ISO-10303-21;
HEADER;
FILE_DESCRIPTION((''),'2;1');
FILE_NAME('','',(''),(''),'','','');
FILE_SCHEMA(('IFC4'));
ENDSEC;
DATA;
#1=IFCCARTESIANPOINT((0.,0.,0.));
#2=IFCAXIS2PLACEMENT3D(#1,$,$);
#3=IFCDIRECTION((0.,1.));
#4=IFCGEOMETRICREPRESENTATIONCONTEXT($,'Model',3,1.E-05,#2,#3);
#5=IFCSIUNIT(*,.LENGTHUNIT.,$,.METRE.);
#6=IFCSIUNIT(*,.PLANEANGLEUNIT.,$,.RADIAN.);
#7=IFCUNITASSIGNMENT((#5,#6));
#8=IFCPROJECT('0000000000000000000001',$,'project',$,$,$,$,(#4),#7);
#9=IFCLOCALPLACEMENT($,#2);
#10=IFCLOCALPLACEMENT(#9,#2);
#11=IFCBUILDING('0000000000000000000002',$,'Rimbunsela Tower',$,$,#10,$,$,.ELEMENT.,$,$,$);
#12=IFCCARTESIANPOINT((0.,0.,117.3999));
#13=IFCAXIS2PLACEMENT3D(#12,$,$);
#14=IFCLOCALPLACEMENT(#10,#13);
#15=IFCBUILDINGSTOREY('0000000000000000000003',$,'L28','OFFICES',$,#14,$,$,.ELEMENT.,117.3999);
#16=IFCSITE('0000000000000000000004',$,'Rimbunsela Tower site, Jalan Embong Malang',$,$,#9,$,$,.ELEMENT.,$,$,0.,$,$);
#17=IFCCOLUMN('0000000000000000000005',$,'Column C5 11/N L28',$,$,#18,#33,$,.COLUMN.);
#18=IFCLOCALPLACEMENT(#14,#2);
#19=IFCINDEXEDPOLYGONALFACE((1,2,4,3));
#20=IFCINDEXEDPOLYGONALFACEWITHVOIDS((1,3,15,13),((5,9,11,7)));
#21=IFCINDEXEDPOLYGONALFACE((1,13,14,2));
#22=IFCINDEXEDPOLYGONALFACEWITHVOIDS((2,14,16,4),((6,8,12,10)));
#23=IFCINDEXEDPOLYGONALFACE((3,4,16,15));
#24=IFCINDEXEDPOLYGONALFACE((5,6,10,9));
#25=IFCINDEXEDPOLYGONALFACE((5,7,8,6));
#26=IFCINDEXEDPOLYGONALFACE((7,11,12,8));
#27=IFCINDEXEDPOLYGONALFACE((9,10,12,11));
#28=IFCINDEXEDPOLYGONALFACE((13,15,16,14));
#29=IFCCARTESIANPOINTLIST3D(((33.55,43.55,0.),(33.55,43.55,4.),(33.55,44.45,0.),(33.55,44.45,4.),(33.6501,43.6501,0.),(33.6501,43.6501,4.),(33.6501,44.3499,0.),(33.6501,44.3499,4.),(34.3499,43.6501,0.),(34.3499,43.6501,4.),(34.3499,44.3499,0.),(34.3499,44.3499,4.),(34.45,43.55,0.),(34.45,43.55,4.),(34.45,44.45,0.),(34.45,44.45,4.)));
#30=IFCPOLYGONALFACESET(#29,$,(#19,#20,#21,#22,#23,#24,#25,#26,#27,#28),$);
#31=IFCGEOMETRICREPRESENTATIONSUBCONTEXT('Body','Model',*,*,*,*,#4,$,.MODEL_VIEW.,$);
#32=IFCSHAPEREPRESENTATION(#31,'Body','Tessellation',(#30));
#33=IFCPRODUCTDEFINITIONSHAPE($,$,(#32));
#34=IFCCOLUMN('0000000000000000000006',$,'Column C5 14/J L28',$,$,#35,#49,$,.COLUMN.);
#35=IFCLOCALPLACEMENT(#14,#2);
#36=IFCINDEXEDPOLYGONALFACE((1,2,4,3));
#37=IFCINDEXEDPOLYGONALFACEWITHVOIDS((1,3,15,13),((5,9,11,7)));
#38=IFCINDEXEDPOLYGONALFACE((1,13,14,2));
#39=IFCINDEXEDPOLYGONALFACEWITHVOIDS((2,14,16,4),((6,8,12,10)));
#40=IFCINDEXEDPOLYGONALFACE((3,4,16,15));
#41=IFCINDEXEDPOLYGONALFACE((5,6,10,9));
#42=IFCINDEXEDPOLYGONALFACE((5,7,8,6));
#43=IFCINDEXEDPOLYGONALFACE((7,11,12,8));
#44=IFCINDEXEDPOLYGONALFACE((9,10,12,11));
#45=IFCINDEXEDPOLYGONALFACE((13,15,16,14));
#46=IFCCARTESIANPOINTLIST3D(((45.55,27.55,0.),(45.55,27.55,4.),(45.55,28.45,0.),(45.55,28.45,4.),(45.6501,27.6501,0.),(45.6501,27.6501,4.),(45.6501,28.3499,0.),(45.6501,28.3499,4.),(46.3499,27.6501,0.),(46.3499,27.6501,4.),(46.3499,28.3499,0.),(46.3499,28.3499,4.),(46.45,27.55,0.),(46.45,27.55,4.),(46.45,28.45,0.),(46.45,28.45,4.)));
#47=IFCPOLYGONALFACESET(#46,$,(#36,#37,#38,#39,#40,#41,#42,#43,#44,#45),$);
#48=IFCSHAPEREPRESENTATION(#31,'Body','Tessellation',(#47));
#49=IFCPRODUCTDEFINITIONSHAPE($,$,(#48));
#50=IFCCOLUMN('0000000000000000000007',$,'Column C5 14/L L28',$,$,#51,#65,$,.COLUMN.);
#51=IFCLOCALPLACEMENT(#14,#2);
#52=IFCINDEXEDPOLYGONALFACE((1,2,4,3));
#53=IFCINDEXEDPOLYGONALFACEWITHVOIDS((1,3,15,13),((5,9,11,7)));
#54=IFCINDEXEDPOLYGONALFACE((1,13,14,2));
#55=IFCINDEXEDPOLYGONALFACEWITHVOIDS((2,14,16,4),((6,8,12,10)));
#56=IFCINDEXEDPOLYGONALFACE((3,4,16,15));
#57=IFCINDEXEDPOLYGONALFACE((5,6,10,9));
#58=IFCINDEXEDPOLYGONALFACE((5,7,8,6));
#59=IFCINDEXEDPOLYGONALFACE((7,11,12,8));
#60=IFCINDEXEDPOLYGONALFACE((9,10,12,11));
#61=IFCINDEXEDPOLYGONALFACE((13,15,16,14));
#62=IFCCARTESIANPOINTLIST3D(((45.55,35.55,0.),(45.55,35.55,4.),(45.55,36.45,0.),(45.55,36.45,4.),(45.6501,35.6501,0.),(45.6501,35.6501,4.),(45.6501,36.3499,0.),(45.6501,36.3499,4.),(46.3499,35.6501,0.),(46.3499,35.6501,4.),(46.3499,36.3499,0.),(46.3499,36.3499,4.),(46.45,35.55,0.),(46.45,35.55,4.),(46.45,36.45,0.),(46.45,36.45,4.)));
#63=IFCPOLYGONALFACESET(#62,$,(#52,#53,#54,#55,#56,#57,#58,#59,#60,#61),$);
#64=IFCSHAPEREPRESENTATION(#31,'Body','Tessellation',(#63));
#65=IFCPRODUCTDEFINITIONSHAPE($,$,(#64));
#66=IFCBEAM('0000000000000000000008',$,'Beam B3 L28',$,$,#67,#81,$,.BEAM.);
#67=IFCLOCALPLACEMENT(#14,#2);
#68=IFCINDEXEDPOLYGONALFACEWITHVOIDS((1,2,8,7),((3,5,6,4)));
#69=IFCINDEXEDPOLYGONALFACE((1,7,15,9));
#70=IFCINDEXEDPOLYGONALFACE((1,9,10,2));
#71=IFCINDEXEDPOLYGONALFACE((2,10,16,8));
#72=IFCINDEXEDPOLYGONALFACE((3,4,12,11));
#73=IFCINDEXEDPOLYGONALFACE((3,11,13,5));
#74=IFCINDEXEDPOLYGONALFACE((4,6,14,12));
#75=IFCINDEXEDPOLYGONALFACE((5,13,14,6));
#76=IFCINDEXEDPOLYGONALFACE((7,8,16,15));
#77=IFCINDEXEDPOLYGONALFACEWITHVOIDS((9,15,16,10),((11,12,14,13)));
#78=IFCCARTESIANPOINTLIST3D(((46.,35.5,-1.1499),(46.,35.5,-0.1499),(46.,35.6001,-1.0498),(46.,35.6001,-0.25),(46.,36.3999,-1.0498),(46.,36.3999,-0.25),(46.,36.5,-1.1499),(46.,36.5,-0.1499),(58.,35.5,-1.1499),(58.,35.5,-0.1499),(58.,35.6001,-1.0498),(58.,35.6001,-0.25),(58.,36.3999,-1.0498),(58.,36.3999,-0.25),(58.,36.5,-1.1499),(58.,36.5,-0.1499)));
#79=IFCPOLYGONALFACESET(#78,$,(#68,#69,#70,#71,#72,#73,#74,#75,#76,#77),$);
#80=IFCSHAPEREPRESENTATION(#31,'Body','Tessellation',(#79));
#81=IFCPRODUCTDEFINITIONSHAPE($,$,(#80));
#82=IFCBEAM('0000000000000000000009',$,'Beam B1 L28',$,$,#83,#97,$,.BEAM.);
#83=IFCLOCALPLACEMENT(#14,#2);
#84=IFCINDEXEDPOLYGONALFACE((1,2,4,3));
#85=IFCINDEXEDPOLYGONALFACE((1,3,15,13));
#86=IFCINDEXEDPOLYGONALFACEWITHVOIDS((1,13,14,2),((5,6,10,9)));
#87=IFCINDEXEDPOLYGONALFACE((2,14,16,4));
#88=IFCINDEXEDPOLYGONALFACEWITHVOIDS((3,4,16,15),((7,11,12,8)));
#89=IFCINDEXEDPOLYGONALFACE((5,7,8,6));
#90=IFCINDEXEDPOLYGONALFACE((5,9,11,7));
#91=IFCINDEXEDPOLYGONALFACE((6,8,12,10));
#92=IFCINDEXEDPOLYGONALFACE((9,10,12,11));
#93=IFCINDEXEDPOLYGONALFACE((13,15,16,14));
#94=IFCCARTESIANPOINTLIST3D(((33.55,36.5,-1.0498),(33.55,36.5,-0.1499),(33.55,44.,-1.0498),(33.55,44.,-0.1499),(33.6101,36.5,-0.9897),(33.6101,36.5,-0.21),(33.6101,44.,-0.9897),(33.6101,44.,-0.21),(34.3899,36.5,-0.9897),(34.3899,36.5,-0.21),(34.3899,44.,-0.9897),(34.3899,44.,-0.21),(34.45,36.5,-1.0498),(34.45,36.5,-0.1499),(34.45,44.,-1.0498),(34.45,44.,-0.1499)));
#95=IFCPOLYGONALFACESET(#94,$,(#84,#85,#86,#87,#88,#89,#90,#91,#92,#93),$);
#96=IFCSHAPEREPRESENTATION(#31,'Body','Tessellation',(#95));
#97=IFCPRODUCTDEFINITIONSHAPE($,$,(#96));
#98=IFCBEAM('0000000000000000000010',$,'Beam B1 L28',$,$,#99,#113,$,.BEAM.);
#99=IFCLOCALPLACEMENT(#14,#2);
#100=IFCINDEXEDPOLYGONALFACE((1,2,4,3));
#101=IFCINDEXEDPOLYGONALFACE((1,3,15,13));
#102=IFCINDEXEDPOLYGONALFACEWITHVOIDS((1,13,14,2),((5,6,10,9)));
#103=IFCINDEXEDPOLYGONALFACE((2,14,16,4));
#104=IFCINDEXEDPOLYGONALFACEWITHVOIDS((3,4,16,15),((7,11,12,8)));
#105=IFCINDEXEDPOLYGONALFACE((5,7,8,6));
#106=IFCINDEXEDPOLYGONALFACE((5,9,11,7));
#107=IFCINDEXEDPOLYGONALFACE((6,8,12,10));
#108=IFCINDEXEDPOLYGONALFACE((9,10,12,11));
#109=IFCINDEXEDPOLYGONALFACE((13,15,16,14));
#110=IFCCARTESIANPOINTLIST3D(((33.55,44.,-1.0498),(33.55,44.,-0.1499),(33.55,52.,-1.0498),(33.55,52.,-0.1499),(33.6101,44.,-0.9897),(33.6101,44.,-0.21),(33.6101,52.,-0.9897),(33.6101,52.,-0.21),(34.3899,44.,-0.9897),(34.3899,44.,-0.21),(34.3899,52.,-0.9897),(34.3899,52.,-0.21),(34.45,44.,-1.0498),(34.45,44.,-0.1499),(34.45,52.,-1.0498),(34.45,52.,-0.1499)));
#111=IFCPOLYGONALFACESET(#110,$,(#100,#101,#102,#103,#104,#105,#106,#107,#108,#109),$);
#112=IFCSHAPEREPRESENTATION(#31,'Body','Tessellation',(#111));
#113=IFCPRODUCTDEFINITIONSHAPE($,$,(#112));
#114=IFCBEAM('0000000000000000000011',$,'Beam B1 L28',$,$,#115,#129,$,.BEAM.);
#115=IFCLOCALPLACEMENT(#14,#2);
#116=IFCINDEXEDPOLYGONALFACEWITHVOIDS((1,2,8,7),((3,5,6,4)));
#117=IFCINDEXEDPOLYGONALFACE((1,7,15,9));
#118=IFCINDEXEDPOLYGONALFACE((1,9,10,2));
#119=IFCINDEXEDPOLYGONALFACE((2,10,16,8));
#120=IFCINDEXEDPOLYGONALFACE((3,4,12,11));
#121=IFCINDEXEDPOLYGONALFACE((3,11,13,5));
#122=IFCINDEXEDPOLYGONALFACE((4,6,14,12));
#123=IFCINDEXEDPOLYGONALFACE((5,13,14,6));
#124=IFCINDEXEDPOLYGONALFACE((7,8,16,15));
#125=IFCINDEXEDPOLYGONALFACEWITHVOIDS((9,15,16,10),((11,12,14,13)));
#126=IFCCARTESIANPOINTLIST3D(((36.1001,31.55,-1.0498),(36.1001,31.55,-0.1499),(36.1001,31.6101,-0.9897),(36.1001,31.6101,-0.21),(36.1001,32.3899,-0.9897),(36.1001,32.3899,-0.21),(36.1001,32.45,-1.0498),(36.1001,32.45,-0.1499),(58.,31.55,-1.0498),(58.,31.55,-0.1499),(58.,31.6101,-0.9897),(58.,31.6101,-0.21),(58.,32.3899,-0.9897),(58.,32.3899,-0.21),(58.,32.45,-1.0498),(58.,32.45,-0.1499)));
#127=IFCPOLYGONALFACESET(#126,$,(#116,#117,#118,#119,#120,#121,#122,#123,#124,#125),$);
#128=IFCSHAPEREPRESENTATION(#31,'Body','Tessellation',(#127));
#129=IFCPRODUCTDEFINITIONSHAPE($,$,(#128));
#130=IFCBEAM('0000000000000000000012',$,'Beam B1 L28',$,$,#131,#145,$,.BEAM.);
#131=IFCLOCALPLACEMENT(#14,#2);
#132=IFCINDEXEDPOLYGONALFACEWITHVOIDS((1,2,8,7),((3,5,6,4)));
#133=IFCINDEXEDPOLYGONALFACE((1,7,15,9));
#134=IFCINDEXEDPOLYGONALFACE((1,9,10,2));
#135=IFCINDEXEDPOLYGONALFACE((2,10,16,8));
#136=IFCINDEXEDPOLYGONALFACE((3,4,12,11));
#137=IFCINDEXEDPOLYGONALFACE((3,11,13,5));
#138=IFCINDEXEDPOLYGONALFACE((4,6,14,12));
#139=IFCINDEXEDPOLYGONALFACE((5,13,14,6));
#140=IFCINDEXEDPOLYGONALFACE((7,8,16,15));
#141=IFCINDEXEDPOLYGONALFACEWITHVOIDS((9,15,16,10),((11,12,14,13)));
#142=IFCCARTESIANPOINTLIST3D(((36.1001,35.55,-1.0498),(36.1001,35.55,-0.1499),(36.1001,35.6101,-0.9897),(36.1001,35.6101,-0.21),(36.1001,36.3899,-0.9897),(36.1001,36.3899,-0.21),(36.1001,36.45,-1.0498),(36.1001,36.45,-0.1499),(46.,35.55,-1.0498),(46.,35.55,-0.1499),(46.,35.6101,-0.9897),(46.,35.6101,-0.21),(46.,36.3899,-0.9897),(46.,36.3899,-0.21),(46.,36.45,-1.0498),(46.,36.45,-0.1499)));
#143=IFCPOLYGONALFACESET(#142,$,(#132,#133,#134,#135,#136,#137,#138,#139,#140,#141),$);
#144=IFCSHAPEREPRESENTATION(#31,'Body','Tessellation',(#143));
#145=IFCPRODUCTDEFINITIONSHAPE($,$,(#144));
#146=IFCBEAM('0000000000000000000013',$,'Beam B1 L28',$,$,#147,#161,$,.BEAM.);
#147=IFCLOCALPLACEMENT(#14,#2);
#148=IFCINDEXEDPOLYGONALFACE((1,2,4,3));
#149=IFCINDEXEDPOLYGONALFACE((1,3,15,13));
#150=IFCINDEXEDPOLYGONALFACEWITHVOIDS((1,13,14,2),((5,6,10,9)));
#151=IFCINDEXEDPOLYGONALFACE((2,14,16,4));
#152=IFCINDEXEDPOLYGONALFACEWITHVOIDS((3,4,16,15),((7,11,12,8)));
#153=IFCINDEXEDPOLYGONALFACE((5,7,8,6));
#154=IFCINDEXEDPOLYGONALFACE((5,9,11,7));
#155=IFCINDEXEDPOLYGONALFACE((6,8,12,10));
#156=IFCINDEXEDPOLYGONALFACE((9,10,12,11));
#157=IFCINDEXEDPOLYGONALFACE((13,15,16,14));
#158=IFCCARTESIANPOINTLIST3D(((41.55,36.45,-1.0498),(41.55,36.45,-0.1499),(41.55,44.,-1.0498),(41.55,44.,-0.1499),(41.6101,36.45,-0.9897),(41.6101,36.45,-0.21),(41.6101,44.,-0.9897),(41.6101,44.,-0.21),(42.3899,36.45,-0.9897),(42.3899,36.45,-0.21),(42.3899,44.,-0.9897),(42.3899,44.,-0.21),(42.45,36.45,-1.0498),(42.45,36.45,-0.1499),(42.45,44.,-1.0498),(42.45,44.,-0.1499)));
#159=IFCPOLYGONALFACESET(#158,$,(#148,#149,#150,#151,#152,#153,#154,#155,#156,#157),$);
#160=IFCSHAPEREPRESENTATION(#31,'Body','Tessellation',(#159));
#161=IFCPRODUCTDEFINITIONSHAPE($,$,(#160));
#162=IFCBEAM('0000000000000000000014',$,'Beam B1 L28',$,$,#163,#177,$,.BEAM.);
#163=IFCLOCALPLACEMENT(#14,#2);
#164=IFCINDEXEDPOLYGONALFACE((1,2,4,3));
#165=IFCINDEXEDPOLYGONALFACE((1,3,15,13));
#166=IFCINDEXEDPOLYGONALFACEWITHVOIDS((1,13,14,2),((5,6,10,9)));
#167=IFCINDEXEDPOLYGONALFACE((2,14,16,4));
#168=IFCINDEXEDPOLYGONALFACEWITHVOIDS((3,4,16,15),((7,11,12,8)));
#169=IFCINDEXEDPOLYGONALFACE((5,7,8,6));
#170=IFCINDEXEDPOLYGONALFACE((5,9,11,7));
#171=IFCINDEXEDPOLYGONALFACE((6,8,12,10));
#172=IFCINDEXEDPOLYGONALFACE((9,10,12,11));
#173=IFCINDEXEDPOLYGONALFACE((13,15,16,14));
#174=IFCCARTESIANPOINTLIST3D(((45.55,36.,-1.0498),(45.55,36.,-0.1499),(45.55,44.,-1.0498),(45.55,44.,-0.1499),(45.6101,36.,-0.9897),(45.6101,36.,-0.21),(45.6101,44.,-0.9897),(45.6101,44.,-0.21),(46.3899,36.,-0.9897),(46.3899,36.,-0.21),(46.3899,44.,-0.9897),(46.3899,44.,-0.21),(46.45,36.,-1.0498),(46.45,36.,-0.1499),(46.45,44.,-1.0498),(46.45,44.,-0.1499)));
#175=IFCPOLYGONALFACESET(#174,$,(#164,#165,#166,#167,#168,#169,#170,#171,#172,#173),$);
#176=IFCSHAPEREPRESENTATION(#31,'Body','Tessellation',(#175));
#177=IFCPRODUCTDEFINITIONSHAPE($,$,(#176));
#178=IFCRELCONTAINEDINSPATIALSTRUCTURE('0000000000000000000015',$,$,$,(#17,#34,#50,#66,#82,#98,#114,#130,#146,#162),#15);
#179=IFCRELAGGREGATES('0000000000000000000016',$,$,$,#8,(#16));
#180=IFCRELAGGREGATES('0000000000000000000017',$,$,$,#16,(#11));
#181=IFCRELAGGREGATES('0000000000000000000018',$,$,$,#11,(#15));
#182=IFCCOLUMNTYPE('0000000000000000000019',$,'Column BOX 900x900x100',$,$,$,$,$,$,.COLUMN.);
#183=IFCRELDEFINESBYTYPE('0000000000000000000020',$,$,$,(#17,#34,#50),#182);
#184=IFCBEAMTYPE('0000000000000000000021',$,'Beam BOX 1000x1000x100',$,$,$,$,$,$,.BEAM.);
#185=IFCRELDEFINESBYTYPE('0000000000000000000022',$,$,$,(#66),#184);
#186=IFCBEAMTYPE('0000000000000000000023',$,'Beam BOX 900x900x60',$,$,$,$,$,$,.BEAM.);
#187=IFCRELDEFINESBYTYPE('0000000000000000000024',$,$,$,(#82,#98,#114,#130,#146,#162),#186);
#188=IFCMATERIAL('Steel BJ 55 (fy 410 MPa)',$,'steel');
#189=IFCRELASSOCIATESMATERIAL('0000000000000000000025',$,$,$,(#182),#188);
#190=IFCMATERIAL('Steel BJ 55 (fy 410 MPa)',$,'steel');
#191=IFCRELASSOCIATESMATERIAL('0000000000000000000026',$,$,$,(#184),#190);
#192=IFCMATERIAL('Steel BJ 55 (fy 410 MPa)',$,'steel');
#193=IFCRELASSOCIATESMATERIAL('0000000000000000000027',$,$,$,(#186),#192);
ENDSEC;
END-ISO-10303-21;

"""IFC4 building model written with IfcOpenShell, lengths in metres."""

from ifc_helpers import new_model, si_unit, direction, frame, origin, origin_2d, place, context, subcontext, project, spatial, hollow_rectangle, extrude, material, material_profile, profile_set, type_object, element, save


model = new_model("IFC4")

# Units and contexts
model_context = context("Model", 3, precision=1e-05, world=origin(), true_north=direction((0.0, 1.0)))
body_context = subcontext(model_context, "Body", "Model", "MODEL_VIEW")
ifc_project = project(units=[si_unit("LENGTHUNIT", "METRE"), si_unit("PLANEANGLEUNIT", "RADIAN")], contexts=[model_context])

# Site, building, storey
site_placement = place(None, origin())
site = spatial("IfcSite", under=ifc_project, at=site_placement, Name="Rimbunsela Tower site, Jalan Embong Malang", CompositionType="ELEMENT", RefElevation=0.0)
building_placement = place(site_placement, origin())
building = spatial("IfcBuilding", under=site, at=building_placement, Name="Rimbunsela Tower", CompositionType="ELEMENT")
storey_placement = place(building_placement, frame((0.0, 0.0, 117.3999)))
storey = spatial("IfcBuildingStorey", under=building, at=storey_placement, Name="L28", Description="OFFICES", CompositionType="ELEMENT", Elevation=117.3999)

# Columns
ifc_material_1 = material(Name="Steel BJ 55 (fy 410 MPa)", Category="steel")
ifc_material_profile_1 = material_profile(ifc_material_1, hollow_rectangle(XDim=0.8999, YDim=0.8999, WallThickness=0.1001, at=origin_2d()), Name="BOX 900x900x100")
ifc_profile_set_1 = profile_set([ifc_material_profile_1], Name="Steel BJ 55 (fy 410 MPa)")
column_type = type_object("IfcColumnType", Name="Column BOX 900x900x100", PredefinedType="COLUMN", material=ifc_profile_set_1)
for number, where, z_axis, x_axis, name in (
    (1, (34.0, 44.0, 0.0), (0.0, 0.0, 1.0), (1.0, 0.0, 0.0), "Column C5 11/N L28"),
    (2, (46.0, 28.0, 0.0), (0.0, 0.0, 1.0), (1.0, 0.0, 0.0), "Column C5 14/J L28"),
    (3, (46.0, 36.0, 0.0), (0.0, 0.0, 1.0), (1.0, 0.0, 0.0), "Column C5 14/L L28"),
):
    element("IfcColumn", number, at=place(storey_placement, frame(where, z_axis=z_axis, x_axis=x_axis)), inside=storey, type_object=column_type, Name=name, PredefinedType="COLUMN", context=body_context, shape_type="SweptSolid", body=[
        extrude(hollow_rectangle(XDim=0.8999, YDim=0.8999, WallThickness=0.1001, at=origin_2d()), origin(), (0.0, 0.0, 1.0), 4.0),
    ])

# Beams
ifc_material_2 = material(Name="Steel BJ 55 (fy 410 MPa)", Category="steel")
ifc_material_profile_2 = material_profile(ifc_material_2, hollow_rectangle(XDim=1.0, YDim=1.0, WallThickness=0.1001, at=origin_2d()), Name="BOX 1000x1000x100")
ifc_profile_set_2 = profile_set([ifc_material_profile_2], Name="Steel BJ 55 (fy 410 MPa)")
beam_type_1 = type_object("IfcBeamType", Name="Beam BOX 1000x1000x100", PredefinedType="BEAM", material=ifc_profile_set_2)
beam_1_placement = place(storey_placement, frame((46.0, 36.0, -0.6499), z_axis=(1.0, 0.0, 0.0), x_axis=(0.0, 1.0, 0.0)))
element("IfcBeam", 4, at=beam_1_placement, inside=storey, type_object=beam_type_1, Name="Beam B3 L28", PredefinedType="BEAM", context=body_context, shape_type="SweptSolid", body=[
    extrude(hollow_rectangle(XDim=1.0, YDim=1.0, WallThickness=0.1001, at=origin_2d()), origin(), (0.0, 0.0, 1.0), 12.0),
])
ifc_material_3 = material(Name="Steel BJ 55 (fy 410 MPa)", Category="steel")
ifc_material_profile_3 = material_profile(ifc_material_3, hollow_rectangle(XDim=0.8999, YDim=0.8999, WallThickness=0.0601, at=origin_2d()), Name="BOX 900x900x60")
ifc_profile_set_3 = profile_set([ifc_material_profile_3], Name="Steel BJ 55 (fy 410 MPa)")
beam_type_2 = type_object("IfcBeamType", Name="Beam BOX 900x900x60", PredefinedType="BEAM", material=ifc_profile_set_3)
beam_2_placement = place(storey_placement, frame((34.0, 36.5, -0.5999), z_axis=(0.0, 1.0, 0.0), x_axis=(-1.0, 0.0, 0.0)))
element("IfcBeam", 5, at=beam_2_placement, inside=storey, type_object=beam_type_2, Name="Beam B1 L28", PredefinedType="BEAM", context=body_context, shape_type="SweptSolid", body=[
    extrude(hollow_rectangle(XDim=0.8999, YDim=0.8999, WallThickness=0.0601, at=origin_2d()), origin(), (0.0, 0.0, 1.0), 7.5),
])
beam_3_placement = place(storey_placement, frame((34.0, 44.0, -0.5999), z_axis=(0.0, 1.0, 0.0), x_axis=(-1.0, 0.0, 0.0)))
element("IfcBeam", 6, at=beam_3_placement, inside=storey, type_object=beam_type_2, Name="Beam B1 L28", PredefinedType="BEAM", context=body_context, shape_type="SweptSolid", body=[
    extrude(hollow_rectangle(XDim=0.8999, YDim=0.8999, WallThickness=0.0601, at=origin_2d()), origin(), (0.0, 0.0, 1.0), 8.0),
])
beam_4_placement = place(storey_placement, frame((36.1001, 32.0, -0.5999), z_axis=(1.0, 0.0, 0.0), x_axis=(0.0, 1.0, 0.0)))
element("IfcBeam", 7, at=beam_4_placement, inside=storey, type_object=beam_type_2, Name="Beam B1 L28", PredefinedType="BEAM", context=body_context, shape_type="SweptSolid", body=[
    extrude(hollow_rectangle(XDim=0.8999, YDim=0.8999, WallThickness=0.0601, at=origin_2d()), origin(), (0.0, 0.0, 1.0), 21.8999),
])
beam_5_placement = place(storey_placement, frame((36.1001, 36.0, -0.5999), z_axis=(1.0, 0.0, 0.0), x_axis=(0.0, 1.0, 0.0)))
element("IfcBeam", 8, at=beam_5_placement, inside=storey, type_object=beam_type_2, Name="Beam B1 L28", PredefinedType="BEAM", context=body_context, shape_type="SweptSolid", body=[
    extrude(hollow_rectangle(XDim=0.8999, YDim=0.8999, WallThickness=0.0601, at=origin_2d()), origin(), (0.0, 0.0, 1.0), 9.8999),
])
beam_6_placement = place(storey_placement, frame((42.0, 36.45, -0.5999), z_axis=(0.0, 1.0, 0.0), x_axis=(-1.0, 0.0, 0.0)))
element("IfcBeam", 9, at=beam_6_placement, inside=storey, type_object=beam_type_2, Name="Beam B1 L28", PredefinedType="BEAM", context=body_context, shape_type="SweptSolid", body=[
    extrude(hollow_rectangle(XDim=0.8999, YDim=0.8999, WallThickness=0.0601, at=origin_2d()), origin(), (0.0, 0.0, 1.0), 7.55),
])
beam_7_placement = place(storey_placement, frame((46.0, 36.0, -0.5999), z_axis=(0.0, 1.0, 0.0), x_axis=(-1.0, 0.0, 0.0)))
element("IfcBeam", 10, at=beam_7_placement, inside=storey, type_object=beam_type_2, Name="Beam B1 L28", PredefinedType="BEAM", context=body_context, shape_type="SweptSolid", body=[
    extrude(hollow_rectangle(XDim=0.8999, YDim=0.8999, WallThickness=0.0601, at=origin_2d()), origin(), (0.0, 0.0, 1.0), 8.0),
])

save(model, "model.ifc")
